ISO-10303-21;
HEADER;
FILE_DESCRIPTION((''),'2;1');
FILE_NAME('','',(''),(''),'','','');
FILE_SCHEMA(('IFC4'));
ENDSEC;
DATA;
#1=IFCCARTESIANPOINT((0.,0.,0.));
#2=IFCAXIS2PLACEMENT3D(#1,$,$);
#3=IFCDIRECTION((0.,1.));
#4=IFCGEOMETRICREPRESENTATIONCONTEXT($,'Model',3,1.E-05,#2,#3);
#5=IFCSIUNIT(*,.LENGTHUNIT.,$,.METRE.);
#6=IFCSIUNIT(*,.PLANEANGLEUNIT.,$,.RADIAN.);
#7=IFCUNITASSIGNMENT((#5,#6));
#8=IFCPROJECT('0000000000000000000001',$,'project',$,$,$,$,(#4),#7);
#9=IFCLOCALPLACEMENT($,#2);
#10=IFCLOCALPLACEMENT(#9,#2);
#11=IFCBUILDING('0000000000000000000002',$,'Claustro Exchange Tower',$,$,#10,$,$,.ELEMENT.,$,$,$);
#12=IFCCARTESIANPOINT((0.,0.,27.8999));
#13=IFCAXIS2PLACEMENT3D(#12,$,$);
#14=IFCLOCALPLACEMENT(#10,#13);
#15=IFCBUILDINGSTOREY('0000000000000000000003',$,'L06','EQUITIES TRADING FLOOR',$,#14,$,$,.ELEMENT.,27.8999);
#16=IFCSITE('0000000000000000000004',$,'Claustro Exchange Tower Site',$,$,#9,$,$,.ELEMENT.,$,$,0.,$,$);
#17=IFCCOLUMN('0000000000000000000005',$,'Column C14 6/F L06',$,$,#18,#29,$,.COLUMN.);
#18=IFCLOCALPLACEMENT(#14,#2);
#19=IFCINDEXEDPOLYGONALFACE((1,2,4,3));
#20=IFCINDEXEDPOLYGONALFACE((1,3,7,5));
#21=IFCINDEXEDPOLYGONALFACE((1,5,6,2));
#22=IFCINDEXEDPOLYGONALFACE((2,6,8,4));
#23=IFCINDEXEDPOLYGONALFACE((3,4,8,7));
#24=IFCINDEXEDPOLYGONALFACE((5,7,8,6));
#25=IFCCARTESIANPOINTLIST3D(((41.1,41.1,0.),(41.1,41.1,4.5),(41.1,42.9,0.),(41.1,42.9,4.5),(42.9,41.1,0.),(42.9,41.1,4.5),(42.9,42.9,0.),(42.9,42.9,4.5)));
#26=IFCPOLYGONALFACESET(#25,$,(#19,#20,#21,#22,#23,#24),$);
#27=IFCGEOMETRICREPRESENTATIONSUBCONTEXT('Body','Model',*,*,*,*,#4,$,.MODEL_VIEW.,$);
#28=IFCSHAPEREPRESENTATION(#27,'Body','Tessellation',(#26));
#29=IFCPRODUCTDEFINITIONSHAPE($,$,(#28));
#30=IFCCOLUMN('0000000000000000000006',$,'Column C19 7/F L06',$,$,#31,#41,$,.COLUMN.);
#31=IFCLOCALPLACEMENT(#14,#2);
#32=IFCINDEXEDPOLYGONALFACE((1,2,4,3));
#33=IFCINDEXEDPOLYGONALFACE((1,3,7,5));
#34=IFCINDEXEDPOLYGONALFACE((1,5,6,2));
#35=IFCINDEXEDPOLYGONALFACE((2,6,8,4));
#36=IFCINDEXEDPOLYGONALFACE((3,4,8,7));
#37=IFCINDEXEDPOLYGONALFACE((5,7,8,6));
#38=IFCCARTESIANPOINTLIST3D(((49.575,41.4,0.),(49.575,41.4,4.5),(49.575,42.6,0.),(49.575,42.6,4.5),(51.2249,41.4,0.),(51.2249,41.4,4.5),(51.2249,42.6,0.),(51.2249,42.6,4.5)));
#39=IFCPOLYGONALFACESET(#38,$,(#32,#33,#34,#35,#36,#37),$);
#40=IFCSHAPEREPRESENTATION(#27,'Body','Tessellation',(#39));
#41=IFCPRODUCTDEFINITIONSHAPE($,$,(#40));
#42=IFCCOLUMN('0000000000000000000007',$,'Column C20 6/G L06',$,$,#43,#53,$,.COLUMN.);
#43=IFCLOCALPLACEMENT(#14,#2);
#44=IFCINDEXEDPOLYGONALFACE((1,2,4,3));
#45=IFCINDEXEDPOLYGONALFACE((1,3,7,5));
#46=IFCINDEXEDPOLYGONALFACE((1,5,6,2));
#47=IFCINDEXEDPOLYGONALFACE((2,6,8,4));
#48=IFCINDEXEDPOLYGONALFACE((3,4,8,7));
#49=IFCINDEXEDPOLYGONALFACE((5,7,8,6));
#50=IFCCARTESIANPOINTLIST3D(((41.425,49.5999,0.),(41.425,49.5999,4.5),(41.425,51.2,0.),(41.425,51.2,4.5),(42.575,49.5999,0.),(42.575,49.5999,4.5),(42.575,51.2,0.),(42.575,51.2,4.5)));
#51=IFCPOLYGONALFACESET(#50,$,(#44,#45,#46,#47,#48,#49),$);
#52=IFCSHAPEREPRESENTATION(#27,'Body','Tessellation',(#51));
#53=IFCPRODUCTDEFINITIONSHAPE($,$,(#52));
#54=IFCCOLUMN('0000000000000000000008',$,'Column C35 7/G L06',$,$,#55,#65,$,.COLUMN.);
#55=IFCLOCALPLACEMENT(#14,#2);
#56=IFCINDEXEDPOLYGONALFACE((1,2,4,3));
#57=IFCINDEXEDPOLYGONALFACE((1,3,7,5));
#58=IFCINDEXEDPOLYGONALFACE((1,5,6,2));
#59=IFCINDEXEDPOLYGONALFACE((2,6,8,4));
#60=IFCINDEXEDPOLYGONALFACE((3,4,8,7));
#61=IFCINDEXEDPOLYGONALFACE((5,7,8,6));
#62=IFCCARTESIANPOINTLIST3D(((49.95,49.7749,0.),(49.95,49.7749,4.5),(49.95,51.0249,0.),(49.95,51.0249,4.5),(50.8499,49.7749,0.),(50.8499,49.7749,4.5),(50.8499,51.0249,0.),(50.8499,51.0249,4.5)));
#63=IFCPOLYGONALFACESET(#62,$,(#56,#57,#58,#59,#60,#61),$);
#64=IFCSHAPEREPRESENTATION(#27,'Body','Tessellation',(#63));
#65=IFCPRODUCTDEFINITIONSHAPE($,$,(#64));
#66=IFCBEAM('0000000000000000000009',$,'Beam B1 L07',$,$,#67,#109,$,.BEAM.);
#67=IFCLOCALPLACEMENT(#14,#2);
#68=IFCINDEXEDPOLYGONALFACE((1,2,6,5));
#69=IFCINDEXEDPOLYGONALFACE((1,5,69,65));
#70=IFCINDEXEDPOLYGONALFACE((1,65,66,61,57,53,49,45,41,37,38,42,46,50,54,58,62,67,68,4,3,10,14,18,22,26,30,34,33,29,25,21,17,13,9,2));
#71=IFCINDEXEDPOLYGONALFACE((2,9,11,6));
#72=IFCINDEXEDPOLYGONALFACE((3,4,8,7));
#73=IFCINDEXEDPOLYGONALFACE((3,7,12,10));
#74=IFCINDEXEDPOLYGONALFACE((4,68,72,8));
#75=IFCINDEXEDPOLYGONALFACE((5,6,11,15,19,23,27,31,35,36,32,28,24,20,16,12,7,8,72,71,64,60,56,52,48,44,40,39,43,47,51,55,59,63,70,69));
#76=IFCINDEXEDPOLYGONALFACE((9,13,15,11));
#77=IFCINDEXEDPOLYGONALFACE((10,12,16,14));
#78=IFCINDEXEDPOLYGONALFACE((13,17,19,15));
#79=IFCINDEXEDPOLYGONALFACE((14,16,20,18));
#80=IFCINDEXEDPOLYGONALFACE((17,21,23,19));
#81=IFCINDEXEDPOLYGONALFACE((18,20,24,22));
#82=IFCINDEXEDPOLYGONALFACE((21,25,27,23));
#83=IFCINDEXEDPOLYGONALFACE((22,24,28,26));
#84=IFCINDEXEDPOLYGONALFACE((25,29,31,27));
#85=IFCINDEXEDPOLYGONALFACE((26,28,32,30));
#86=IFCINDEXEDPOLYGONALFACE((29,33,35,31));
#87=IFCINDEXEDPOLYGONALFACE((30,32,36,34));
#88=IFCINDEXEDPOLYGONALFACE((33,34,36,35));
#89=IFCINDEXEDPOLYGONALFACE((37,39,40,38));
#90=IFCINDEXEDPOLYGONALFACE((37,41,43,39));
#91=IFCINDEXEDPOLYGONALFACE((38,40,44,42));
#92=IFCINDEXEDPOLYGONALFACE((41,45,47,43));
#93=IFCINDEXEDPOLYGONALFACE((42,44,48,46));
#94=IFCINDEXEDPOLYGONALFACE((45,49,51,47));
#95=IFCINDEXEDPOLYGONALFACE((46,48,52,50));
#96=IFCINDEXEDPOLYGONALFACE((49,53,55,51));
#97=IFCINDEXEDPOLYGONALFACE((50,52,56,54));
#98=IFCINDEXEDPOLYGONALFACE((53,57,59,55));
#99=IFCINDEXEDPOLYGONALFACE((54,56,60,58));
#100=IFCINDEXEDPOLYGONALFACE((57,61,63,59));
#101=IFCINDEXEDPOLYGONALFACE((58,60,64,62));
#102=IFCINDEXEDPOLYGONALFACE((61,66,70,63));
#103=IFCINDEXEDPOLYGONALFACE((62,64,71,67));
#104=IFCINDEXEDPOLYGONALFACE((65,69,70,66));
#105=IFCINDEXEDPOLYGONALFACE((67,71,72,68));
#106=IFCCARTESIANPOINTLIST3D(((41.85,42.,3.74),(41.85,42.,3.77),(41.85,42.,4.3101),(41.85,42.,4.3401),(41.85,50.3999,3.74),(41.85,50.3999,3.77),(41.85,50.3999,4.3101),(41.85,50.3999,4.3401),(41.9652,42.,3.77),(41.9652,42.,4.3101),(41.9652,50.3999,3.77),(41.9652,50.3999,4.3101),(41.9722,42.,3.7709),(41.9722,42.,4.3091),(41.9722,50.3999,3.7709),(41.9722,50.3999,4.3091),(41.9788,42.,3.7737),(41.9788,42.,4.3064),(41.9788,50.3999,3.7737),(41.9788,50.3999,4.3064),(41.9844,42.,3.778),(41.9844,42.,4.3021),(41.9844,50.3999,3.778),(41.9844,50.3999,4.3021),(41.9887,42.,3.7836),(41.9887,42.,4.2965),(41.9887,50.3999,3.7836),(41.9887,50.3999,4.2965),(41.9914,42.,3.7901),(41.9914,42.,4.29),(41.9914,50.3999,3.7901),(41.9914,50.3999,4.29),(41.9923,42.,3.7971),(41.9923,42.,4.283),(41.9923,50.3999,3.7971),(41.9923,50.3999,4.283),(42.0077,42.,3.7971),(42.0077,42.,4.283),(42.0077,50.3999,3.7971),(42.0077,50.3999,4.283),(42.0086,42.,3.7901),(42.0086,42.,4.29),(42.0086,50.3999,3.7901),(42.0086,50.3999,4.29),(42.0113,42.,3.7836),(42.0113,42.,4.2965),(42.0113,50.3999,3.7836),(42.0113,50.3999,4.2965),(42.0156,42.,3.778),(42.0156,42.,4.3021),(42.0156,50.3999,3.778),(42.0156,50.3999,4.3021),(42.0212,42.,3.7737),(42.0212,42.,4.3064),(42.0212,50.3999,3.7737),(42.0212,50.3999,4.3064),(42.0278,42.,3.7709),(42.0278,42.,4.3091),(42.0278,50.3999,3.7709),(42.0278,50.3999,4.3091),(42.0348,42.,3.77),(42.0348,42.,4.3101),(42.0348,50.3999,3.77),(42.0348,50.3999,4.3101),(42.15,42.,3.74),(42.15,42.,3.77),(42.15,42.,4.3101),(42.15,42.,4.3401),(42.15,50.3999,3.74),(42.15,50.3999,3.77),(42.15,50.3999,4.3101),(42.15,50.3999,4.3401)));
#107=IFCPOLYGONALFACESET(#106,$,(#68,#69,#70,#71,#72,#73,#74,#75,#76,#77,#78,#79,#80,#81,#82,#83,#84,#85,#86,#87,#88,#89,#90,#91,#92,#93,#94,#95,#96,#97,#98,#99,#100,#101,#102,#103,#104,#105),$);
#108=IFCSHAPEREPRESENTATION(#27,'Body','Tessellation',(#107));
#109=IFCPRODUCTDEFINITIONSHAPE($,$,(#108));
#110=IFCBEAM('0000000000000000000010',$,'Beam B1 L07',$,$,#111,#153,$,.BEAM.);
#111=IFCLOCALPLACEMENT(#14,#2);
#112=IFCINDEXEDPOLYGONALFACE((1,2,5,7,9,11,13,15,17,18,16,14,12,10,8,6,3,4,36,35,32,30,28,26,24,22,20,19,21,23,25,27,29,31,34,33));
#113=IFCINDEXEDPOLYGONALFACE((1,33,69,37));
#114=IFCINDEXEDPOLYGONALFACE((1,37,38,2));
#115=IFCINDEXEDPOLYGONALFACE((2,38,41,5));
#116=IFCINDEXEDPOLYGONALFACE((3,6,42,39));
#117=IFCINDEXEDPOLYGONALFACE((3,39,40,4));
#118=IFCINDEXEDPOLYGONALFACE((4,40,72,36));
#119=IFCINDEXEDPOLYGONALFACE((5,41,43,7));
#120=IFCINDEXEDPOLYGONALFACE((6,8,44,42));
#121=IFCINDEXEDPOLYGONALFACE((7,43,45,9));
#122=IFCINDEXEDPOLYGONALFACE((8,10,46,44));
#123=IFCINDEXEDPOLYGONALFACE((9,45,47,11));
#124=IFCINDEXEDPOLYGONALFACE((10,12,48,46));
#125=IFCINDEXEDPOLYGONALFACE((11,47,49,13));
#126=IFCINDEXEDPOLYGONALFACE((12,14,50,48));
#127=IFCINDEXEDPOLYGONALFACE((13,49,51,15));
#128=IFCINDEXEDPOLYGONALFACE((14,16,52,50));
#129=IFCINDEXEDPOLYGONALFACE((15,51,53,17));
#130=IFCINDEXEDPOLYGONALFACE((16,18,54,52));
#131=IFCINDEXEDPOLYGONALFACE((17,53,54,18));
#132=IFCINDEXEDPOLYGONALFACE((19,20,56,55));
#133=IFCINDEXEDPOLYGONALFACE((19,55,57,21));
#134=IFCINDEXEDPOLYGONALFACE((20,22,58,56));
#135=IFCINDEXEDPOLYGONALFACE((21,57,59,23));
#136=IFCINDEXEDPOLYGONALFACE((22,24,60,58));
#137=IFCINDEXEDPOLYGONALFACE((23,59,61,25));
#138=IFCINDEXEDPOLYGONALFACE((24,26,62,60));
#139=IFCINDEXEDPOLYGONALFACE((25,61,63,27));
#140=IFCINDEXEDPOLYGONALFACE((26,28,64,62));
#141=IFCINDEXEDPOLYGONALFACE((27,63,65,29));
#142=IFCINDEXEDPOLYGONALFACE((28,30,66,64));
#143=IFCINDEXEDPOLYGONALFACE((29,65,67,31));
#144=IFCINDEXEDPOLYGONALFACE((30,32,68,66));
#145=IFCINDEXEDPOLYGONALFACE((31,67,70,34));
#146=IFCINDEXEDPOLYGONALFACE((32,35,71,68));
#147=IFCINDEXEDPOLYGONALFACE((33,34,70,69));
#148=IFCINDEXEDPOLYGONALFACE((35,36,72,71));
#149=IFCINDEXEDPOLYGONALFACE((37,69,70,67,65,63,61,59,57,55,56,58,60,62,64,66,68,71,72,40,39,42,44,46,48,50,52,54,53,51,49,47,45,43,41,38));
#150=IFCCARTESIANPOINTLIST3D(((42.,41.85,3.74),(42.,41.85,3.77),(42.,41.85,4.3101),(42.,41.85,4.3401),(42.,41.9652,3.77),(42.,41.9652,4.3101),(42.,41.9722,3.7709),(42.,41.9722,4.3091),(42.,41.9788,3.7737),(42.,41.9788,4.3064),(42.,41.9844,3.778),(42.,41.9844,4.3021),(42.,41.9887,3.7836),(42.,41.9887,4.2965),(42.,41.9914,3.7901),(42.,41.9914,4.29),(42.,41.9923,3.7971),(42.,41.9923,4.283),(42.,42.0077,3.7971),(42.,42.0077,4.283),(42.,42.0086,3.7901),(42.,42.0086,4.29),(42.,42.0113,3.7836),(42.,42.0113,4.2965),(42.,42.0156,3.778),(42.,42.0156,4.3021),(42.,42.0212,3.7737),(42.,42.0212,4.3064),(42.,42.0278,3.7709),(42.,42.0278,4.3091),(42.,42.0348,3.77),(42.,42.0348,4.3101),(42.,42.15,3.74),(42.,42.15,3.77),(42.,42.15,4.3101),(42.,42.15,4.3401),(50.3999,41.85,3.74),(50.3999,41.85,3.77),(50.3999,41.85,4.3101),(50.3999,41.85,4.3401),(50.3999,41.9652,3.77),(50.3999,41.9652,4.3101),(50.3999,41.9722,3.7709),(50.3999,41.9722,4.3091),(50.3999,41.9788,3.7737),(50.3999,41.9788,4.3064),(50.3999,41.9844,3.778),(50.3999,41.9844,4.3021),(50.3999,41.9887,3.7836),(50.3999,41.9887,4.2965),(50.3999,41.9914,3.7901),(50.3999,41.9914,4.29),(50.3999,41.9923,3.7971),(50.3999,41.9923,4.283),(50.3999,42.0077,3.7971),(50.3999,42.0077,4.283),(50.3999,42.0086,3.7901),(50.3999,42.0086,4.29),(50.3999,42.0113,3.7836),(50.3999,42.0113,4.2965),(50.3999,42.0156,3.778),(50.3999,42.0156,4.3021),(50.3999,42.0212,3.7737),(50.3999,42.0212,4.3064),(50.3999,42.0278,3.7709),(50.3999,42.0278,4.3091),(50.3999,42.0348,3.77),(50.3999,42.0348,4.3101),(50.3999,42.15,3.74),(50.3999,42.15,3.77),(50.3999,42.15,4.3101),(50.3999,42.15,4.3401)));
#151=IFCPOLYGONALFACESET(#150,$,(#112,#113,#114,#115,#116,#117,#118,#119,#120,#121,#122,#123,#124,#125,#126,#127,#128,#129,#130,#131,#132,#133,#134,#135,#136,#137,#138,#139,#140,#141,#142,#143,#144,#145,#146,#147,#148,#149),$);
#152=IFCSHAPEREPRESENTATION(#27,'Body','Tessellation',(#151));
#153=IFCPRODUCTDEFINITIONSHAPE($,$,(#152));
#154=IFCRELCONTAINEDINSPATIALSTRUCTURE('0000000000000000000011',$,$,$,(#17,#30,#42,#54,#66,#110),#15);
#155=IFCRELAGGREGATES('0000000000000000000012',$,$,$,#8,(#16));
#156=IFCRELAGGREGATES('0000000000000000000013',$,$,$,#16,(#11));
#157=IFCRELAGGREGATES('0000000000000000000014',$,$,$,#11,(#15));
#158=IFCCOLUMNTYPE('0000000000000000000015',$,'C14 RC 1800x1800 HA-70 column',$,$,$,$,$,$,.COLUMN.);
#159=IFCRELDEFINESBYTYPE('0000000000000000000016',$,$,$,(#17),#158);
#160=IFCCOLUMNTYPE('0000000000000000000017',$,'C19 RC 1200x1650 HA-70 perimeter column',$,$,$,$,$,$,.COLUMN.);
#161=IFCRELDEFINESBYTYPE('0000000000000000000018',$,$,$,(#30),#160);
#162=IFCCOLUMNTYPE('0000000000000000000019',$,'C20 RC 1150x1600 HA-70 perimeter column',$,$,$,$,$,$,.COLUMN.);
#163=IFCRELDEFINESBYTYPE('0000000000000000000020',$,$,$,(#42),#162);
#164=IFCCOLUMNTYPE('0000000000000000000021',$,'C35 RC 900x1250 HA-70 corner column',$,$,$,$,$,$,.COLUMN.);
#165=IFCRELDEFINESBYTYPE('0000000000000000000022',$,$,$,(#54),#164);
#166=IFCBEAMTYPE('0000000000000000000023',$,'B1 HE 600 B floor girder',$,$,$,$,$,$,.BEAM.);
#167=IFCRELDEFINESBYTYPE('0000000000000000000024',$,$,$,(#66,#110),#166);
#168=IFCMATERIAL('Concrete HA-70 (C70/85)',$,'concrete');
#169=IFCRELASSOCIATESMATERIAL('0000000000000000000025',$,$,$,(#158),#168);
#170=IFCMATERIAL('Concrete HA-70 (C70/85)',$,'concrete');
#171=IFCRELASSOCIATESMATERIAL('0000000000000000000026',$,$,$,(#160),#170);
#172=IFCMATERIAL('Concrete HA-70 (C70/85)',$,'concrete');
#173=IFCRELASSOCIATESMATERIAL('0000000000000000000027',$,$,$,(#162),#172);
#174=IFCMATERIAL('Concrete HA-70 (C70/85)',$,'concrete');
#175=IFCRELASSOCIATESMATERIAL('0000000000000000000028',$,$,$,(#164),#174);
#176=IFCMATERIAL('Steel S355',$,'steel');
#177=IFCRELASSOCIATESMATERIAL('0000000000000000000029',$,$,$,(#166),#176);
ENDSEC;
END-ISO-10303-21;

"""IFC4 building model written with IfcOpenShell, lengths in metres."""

from ifc_helpers import new_model, si_unit, direction, frame, origin, origin_2d, place, context, subcontext, project, spatial, rectangle, i_section, extrude, material, material_profile, profile_set, type_object, element, save


model = new_model("IFC4")

# Units and contexts
model_context = context("Model", 3, precision=1e-05, world=origin(), true_north=direction((0.0, 1.0)))
body_context = subcontext(model_context, "Body", "Model", "MODEL_VIEW")
ifc_project = project(units=[si_unit("LENGTHUNIT", "METRE"), si_unit("PLANEANGLEUNIT", "RADIAN")], contexts=[model_context])

# Site, building, storey
site_placement = place(None, origin())
site = spatial("IfcSite", under=ifc_project, at=site_placement, Name="Claustro Exchange Tower Site", CompositionType="ELEMENT", RefElevation=0.0)
building_placement = place(site_placement, origin())
building = spatial("IfcBuilding", under=site, at=building_placement, Name="Claustro Exchange Tower", CompositionType="ELEMENT")
storey_placement = place(building_placement, frame((0.0, 0.0, 27.8999)))
storey = spatial("IfcBuildingStorey", under=building, at=storey_placement, Name="L06", Description="EQUITIES TRADING FLOOR", CompositionType="ELEMENT", Elevation=27.8999)

# Columns
ifc_material_1 = material(Name="Concrete HA-70 (C70/85)", Category="concrete")
ifc_material_profile_1 = material_profile(ifc_material_1, rectangle(XDim=1.8, YDim=1.8, at=origin_2d()), Name="RC 1800x1800")
ifc_profile_set_1 = profile_set([ifc_material_profile_1], Name="Concrete HA-70 (C70/85)")
column_type_1 = type_object("IfcColumnType", Name="C14 RC 1800x1800 HA-70 column", PredefinedType="COLUMN", material=ifc_profile_set_1)
column_1_placement = place(storey_placement, frame((42.0, 42.0, 0.0), z_axis=(0.0, 0.0, 1.0), x_axis=(1.0, 0.0, 0.0)))
element("IfcColumn", 1, at=column_1_placement, inside=storey, type_object=column_type_1, Name="Column C14 6/F L06", PredefinedType="COLUMN", context=body_context, shape_type="SweptSolid", body=[
    extrude(rectangle(XDim=1.8, YDim=1.8, at=origin_2d()), origin(), (0.0, 0.0, 1.0), 4.5),
])
ifc_material_2 = material(Name="Concrete HA-70 (C70/85)", Category="concrete")
ifc_material_profile_2 = material_profile(ifc_material_2, rectangle(XDim=1.2, YDim=1.6499, at=origin_2d()), Name="RC 1200x1650")
ifc_profile_set_2 = profile_set([ifc_material_profile_2], Name="Concrete HA-70 (C70/85)")
column_type_2 = type_object("IfcColumnType", Name="C19 RC 1200x1650 HA-70 perimeter column", PredefinedType="COLUMN", material=ifc_profile_set_2)
column_2_placement = place(storey_placement, frame((50.3999, 42.0, 0.0), z_axis=(0.0, 0.0, 1.0), x_axis=(0.0, 1.0, 0.0)))
element("IfcColumn", 2, at=column_2_placement, inside=storey, type_object=column_type_2, Name="Column C19 7/F L06", PredefinedType="COLUMN", context=body_context, shape_type="SweptSolid", body=[
    extrude(rectangle(XDim=1.2, YDim=1.6499, at=origin_2d()), origin(), (0.0, 0.0, 1.0), 4.5),
])
ifc_material_3 = material(Name="Concrete HA-70 (C70/85)", Category="concrete")
ifc_material_profile_3 = material_profile(ifc_material_3, rectangle(XDim=1.1499, YDim=1.6001, at=origin_2d()), Name="RC 1150x1600")
ifc_profile_set_3 = profile_set([ifc_material_profile_3], Name="Concrete HA-70 (C70/85)")
column_type_3 = type_object("IfcColumnType", Name="C20 RC 1150x1600 HA-70 perimeter column", PredefinedType="COLUMN", material=ifc_profile_set_3)
column_3_placement = place(storey_placement, frame((42.0, 50.3999, 0.0), z_axis=(0.0, 0.0, 1.0), x_axis=(1.0, 0.0, 0.0)))
element("IfcColumn", 3, at=column_3_placement, inside=storey, type_object=column_type_3, Name="Column C20 6/G L06", PredefinedType="COLUMN", context=body_context, shape_type="SweptSolid", body=[
    extrude(rectangle(XDim=1.1499, YDim=1.6001, at=origin_2d()), origin(), (0.0, 0.0, 1.0), 4.5),
])
ifc_material_4 = material(Name="Concrete HA-70 (C70/85)", Category="concrete")
ifc_material_profile_4 = material_profile(ifc_material_4, rectangle(XDim=0.8999, YDim=1.25, at=origin_2d()), Name="RC 900x1250")
ifc_profile_set_4 = profile_set([ifc_material_profile_4], Name="Concrete HA-70 (C70/85)")
column_type_4 = type_object("IfcColumnType", Name="C35 RC 900x1250 HA-70 corner column", PredefinedType="COLUMN", material=ifc_profile_set_4)
column_4_placement = place(storey_placement, frame((50.3999, 50.3999, 0.0), z_axis=(0.0, 0.0, 1.0), x_axis=(1.0, 0.0, 0.0)))
element("IfcColumn", 4, at=column_4_placement, inside=storey, type_object=column_type_4, Name="Column C35 7/G L06", PredefinedType="COLUMN", context=body_context, shape_type="SweptSolid", body=[
    extrude(rectangle(XDim=0.8999, YDim=1.25, at=origin_2d()), origin(), (0.0, 0.0, 1.0), 4.5),
])

# Beams
ifc_material_5 = material(Name="Steel S355", Category="steel")
ifc_material_profile_5 = material_profile(ifc_material_5, i_section(OverallWidth=0.3, OverallDepth=0.6001, WebThickness=0.0154, FlangeThickness=0.03, FilletRadius=0.0271, at=origin_2d()), Name="HE 600 B")
ifc_profile_set_5 = profile_set([ifc_material_profile_5], Name="Steel S355")
beam_type_1 = type_object("IfcBeamType", Name="B1 HE 600 B floor girder", PredefinedType="BEAM", material=ifc_profile_set_5)
for number, where, z_axis, x_axis, name in (
    (5, (42.0, 42.0, 4.04), (0.0, 1.0, 0.0), (-1.0, 0.0, 0.0), "Beam B1 L07"),
    (6, (42.0, 42.0, 4.04), (1.0, 0.0, 0.0), (0.0, 1.0, 0.0), "Beam B1 L07"),
):
    element("IfcBeam", number, at=place(storey_placement, frame(where, z_axis=z_axis, x_axis=x_axis)), inside=storey, type_object=beam_type_1, Name=name, PredefinedType="BEAM", context=body_context, shape_type="SweptSolid", body=[
        extrude(i_section(OverallWidth=0.3, OverallDepth=0.6001, WebThickness=0.0154, FlangeThickness=0.03, FilletRadius=0.0271, at=origin_2d()), origin(), (0.0, 0.0, 1.0), 8.3999),
    ])

save(model, "model.ifc")
